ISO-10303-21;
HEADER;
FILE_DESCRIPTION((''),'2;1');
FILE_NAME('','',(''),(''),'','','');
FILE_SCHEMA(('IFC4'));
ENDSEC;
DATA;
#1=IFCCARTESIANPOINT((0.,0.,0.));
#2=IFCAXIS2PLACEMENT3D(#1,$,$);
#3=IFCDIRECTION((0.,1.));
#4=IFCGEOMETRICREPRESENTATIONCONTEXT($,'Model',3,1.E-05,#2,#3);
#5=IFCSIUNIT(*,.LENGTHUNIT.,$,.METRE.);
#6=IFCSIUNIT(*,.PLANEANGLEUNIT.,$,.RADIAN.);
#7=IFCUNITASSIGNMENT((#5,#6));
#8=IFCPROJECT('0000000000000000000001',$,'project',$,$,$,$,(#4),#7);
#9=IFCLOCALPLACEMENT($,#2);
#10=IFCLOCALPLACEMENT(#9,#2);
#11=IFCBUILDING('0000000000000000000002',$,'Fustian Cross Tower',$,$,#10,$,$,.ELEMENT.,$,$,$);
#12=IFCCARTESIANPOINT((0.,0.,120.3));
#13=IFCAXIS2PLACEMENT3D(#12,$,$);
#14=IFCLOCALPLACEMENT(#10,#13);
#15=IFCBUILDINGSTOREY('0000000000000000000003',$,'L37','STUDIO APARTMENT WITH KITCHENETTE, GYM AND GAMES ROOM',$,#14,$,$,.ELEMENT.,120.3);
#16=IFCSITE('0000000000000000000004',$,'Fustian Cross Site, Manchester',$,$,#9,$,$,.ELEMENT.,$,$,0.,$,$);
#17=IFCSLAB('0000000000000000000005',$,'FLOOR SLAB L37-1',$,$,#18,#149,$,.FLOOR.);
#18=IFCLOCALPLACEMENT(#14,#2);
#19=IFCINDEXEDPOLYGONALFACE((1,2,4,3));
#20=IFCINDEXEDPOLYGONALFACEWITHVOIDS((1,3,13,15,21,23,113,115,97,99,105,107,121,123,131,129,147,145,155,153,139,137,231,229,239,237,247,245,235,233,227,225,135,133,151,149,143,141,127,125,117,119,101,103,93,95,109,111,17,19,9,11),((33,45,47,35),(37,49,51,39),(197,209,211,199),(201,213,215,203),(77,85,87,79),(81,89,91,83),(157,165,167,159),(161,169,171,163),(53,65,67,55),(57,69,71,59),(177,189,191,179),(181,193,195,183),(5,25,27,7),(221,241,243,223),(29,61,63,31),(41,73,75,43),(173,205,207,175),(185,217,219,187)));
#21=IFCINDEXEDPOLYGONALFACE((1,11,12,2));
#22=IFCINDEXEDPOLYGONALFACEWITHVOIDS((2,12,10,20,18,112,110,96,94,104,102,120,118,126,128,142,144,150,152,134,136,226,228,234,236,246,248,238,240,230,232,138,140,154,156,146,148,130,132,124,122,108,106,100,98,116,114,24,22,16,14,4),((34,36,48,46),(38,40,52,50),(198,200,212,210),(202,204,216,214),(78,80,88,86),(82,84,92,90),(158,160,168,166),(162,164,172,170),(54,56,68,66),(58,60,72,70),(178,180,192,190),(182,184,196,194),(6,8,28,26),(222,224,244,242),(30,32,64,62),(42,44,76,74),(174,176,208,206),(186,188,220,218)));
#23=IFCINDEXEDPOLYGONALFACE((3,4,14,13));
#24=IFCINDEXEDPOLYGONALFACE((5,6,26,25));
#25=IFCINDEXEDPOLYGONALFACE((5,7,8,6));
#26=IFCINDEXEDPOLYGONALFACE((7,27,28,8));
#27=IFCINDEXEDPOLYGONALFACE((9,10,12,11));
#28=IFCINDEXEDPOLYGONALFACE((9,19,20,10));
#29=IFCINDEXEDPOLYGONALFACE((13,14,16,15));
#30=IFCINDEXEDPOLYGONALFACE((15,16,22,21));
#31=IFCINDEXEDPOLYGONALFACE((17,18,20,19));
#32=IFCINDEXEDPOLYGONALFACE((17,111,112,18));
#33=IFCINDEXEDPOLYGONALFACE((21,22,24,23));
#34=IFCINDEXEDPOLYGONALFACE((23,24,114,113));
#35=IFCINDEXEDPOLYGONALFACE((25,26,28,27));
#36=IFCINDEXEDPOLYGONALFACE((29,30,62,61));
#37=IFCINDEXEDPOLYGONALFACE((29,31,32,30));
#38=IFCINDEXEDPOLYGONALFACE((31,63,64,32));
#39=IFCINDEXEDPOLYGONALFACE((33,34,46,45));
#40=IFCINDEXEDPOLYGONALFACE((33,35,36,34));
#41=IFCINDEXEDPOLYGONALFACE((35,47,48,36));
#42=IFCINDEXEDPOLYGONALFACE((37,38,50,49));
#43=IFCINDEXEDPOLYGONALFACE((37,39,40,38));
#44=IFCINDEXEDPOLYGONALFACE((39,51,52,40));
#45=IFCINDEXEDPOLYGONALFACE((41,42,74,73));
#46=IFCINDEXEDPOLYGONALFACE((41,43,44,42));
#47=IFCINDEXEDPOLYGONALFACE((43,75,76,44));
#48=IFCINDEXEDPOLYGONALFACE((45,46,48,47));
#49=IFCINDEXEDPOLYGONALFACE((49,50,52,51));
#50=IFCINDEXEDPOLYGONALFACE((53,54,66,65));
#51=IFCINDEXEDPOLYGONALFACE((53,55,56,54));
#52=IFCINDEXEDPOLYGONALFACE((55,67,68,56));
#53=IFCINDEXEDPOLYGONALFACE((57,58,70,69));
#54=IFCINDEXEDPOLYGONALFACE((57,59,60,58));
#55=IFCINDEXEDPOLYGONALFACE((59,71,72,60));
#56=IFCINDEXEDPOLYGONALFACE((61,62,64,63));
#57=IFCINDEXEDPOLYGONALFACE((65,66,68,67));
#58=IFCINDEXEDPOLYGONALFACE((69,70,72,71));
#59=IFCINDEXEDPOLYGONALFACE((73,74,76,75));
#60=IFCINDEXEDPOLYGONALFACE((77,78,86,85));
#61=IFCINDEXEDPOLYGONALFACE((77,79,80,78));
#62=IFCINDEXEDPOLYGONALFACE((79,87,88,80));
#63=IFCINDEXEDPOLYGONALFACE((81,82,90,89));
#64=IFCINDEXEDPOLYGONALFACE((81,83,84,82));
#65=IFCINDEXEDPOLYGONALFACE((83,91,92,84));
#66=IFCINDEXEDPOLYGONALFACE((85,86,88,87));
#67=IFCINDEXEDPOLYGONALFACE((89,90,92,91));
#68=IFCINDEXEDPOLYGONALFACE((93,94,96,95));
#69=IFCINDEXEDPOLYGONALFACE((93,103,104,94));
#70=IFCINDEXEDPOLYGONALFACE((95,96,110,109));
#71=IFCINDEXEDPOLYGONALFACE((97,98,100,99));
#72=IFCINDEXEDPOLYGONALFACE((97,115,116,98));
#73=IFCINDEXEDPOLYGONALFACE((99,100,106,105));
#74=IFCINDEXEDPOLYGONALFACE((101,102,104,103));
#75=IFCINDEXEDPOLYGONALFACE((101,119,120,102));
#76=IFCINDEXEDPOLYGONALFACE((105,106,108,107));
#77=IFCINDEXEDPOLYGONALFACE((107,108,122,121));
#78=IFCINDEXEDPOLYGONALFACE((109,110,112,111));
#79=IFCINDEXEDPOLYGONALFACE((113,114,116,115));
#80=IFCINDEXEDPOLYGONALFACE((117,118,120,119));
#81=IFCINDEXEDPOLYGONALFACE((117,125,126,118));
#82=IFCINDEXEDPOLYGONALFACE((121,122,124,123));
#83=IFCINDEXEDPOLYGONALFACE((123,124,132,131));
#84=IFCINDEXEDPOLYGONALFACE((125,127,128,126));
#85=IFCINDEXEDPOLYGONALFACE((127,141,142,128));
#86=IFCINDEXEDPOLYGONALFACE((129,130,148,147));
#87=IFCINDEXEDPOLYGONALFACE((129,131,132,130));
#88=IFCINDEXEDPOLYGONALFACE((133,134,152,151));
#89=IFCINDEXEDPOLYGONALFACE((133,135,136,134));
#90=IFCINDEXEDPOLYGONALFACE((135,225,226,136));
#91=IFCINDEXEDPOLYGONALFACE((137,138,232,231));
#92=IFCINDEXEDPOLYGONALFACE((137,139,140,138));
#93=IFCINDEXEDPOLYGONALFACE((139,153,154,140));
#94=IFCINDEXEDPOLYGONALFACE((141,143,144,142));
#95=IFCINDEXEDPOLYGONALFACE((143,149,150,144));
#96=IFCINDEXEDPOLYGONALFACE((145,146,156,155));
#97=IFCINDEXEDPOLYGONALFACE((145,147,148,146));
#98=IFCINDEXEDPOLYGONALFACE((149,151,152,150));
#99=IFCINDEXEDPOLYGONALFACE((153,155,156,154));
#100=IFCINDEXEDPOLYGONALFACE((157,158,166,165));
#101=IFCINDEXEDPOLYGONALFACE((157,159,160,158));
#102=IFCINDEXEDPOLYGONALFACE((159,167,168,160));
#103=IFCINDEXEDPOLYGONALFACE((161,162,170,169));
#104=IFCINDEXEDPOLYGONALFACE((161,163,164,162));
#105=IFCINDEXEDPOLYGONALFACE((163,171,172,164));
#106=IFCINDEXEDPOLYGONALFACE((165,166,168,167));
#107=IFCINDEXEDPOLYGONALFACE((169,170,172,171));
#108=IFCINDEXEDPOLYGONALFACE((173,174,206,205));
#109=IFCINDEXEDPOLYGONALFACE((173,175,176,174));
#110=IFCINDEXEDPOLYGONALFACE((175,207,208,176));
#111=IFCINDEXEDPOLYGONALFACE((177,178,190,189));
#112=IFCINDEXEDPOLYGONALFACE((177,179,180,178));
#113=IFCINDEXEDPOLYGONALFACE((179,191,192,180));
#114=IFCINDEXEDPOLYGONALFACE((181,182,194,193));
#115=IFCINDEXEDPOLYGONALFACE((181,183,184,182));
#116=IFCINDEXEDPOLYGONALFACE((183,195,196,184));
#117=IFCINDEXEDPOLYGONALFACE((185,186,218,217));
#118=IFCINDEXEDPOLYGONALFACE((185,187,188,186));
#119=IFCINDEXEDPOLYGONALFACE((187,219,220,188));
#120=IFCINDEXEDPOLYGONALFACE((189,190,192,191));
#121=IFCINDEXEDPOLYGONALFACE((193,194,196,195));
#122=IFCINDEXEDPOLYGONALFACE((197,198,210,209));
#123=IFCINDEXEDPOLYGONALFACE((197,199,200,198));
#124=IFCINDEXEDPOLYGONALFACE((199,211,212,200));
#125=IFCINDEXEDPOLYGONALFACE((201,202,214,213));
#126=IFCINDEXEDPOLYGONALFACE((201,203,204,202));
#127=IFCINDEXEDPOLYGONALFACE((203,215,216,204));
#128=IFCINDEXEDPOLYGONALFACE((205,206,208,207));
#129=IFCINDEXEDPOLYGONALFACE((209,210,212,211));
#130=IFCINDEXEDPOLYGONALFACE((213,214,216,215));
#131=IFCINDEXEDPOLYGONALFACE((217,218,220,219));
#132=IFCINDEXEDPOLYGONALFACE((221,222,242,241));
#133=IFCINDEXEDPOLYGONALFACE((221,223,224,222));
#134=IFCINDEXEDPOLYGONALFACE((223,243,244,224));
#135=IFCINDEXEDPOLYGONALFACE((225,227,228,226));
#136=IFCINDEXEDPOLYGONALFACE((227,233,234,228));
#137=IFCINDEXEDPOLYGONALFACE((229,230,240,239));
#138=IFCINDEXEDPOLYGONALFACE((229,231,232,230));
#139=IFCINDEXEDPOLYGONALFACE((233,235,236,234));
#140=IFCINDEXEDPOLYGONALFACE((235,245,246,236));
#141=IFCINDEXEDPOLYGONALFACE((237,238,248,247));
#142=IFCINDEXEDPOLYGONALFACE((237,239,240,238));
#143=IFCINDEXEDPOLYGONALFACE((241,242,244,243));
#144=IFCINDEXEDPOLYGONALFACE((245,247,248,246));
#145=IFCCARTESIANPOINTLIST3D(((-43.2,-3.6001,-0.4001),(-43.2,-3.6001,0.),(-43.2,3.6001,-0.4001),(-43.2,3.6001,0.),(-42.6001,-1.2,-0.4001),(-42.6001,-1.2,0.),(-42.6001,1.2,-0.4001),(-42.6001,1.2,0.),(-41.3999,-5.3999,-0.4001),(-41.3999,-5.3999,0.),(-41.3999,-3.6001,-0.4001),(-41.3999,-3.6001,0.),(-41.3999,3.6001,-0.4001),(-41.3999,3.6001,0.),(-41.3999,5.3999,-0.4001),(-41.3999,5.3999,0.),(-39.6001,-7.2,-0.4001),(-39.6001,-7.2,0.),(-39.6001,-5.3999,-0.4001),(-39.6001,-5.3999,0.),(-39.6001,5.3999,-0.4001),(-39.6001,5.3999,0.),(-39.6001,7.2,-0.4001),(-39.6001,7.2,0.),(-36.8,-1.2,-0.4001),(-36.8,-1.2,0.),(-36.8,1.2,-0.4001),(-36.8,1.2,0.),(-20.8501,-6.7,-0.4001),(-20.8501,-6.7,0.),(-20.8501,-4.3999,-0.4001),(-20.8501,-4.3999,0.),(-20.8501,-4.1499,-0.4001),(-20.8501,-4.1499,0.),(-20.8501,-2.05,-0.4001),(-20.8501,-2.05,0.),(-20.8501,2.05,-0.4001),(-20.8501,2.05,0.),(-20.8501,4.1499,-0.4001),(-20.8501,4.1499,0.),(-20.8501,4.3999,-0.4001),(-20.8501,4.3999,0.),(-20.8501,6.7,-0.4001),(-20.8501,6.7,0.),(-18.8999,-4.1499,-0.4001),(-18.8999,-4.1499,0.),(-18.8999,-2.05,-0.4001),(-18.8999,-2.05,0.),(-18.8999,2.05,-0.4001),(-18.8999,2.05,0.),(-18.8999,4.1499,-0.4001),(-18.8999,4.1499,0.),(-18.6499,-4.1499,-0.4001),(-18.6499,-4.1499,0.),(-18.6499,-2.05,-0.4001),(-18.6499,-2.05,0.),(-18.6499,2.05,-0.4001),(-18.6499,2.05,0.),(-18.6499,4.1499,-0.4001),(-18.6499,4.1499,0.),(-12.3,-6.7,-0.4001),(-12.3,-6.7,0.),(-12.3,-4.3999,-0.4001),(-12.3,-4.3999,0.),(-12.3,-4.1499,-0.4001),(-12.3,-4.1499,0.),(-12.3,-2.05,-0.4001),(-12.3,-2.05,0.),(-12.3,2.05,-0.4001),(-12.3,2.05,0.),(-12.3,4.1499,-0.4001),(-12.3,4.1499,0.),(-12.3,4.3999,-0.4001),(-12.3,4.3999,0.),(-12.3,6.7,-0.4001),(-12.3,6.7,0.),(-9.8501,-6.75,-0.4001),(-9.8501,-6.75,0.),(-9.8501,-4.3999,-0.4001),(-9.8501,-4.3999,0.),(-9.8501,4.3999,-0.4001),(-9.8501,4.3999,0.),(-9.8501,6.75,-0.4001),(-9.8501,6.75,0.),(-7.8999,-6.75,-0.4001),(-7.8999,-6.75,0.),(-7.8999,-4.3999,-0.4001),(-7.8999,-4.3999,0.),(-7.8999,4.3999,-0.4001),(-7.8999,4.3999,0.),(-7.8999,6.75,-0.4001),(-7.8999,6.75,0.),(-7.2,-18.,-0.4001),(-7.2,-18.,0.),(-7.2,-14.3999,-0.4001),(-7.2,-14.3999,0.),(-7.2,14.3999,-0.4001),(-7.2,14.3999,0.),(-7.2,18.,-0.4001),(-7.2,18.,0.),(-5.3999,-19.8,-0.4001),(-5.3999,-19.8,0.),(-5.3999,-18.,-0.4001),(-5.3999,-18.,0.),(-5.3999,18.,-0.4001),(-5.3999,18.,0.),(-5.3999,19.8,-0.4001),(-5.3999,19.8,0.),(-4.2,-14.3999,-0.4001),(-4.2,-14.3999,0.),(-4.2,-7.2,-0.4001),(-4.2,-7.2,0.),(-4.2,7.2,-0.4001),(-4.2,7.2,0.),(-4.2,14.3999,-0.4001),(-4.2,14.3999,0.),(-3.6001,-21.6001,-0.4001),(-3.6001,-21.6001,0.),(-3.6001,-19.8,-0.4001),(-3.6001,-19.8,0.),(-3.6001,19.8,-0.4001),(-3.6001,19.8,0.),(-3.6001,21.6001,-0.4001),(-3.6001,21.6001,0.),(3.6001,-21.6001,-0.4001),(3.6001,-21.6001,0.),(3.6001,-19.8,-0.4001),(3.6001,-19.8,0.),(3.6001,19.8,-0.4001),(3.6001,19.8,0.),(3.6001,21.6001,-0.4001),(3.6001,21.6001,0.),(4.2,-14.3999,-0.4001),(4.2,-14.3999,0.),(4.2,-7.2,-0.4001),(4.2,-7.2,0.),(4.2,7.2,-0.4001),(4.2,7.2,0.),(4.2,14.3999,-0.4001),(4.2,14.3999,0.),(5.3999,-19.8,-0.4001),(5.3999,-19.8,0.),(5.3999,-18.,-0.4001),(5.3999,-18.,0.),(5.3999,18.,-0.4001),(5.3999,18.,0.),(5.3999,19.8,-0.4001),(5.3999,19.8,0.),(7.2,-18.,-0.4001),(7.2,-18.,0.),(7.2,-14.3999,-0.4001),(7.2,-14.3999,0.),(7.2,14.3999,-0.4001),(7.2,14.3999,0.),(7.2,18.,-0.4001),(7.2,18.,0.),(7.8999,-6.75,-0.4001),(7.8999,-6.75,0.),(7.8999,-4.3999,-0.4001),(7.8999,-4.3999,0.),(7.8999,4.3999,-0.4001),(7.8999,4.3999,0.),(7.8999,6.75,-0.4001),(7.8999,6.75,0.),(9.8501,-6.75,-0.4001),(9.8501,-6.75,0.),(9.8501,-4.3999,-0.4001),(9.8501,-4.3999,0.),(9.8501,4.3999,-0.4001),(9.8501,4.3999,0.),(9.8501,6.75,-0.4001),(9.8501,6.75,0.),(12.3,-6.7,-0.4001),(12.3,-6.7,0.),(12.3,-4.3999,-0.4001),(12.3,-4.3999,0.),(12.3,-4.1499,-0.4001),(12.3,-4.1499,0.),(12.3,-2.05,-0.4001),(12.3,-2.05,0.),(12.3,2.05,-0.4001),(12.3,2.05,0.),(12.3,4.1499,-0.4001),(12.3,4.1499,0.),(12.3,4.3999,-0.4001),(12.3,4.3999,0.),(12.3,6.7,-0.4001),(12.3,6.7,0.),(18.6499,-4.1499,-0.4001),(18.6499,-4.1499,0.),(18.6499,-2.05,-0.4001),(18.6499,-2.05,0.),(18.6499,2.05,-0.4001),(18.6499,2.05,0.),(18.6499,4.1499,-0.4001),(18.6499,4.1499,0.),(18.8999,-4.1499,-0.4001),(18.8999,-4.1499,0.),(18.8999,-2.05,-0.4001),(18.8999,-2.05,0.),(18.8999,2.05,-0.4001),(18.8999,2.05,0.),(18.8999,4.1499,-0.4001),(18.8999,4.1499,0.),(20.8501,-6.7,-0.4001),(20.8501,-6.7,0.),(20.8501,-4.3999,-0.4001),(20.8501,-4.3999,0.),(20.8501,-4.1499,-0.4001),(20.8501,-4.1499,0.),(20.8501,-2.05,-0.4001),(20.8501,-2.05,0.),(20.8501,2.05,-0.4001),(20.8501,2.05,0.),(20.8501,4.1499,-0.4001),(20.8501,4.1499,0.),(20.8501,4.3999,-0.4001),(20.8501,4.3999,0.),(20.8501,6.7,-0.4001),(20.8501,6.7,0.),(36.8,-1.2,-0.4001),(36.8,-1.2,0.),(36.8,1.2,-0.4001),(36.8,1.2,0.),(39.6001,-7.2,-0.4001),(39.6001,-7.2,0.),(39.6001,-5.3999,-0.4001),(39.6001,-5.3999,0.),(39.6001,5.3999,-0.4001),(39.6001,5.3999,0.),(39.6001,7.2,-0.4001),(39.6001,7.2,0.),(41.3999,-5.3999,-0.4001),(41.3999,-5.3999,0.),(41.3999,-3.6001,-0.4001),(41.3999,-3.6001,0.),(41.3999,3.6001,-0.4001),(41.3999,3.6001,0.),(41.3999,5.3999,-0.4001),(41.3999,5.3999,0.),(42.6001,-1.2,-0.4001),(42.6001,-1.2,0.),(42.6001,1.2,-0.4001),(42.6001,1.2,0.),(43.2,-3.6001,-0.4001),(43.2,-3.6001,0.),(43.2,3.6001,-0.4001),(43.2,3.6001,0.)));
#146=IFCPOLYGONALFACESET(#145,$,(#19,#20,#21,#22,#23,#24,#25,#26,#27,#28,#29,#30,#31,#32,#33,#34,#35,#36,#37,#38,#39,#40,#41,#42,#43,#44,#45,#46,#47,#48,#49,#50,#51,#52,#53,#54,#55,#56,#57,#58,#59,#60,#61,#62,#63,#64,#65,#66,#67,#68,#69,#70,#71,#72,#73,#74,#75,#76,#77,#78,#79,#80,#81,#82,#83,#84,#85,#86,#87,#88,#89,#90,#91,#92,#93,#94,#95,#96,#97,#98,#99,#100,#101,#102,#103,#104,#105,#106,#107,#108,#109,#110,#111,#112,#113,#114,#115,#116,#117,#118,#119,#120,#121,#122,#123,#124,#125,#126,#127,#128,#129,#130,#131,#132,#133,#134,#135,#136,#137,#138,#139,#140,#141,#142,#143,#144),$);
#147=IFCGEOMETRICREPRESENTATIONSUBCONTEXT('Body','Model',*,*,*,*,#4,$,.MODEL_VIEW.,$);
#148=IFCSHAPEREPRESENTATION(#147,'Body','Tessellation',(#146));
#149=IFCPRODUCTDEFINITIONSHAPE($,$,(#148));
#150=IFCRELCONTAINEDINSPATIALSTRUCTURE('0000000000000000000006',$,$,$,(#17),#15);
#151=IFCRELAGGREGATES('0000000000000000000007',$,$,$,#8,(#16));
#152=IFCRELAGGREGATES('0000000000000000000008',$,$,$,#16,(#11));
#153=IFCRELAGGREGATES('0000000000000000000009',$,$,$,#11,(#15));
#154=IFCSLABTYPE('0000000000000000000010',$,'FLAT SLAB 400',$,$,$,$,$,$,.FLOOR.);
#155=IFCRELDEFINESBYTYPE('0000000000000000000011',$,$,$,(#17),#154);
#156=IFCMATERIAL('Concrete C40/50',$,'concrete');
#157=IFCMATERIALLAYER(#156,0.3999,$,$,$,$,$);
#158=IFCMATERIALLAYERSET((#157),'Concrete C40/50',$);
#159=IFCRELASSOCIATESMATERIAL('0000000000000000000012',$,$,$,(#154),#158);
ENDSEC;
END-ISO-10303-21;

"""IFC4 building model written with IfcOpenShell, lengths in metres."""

from ifc_helpers import new_model, si_unit, direction, frame, origin, place, context, subcontext, project, spatial, polyline, outline, extrude, material, layer, layer_set, type_object, element, save


model = new_model("IFC4")

# Units and contexts
model_context = context("Model", 3, precision=1e-05, world=origin(), true_north=direction((0.0, 1.0)))
body_context = subcontext(model_context, "Body", "Model", "MODEL_VIEW")
ifc_project = project(units=[si_unit("LENGTHUNIT", "METRE"), si_unit("PLANEANGLEUNIT", "RADIAN")], contexts=[model_context])

# Site, building, storey
site_placement = place(None, origin())
site = spatial("IfcSite", under=ifc_project, at=site_placement, Name="Fustian Cross Site, Manchester", CompositionType="ELEMENT", RefElevation=0.0)
building_placement = place(site_placement, origin())
building = spatial("IfcBuilding", under=site, at=building_placement, Name="Fustian Cross Tower", CompositionType="ELEMENT")
storey_placement = place(building_placement, frame((0.0, 0.0, 120.3)))
storey = spatial("IfcBuildingStorey", under=building, at=storey_placement, Name="L37", Description="STUDIO APARTMENT WITH KITCHENETTE, GYM AND GAMES ROOM", CompositionType="ELEMENT", Elevation=120.3)

# Slab
ifc_material_1 = material(Name="Concrete C40/50", Category="concrete")
ifc_layer_1 = layer(ifc_material_1, 0.3999)
ifc_layer_set_1 = layer_set([ifc_layer_1], Name="Concrete C40/50")
slab_type_1 = type_object("IfcSlabType", Name="FLAT SLAB 400", PredefinedType="FLOOR", material=ifc_layer_set_1)
slab_1_placement = place(storey_placement, frame((0.0, 0.0, -0.4001)))
element("IfcSlab", 1, at=slab_1_placement, inside=storey, type_object=slab_type_1, Name="FLOOR SLAB L37-1", PredefinedType="FLOOR", context=body_context, shape_type="SweptSolid", body=[
    extrude(outline(polyline([(-4.2, -7.2), (-39.6001, -7.2), (-39.6001, -5.3999), (-41.3999, -5.3999), (-41.3999, -3.6001), (-43.2, -3.6001), (-43.2, 3.6001), (-41.3999, 3.6001), (-41.3999, 5.3999), (-39.6001, 5.3999), (-39.6001, 7.2), (-4.2, 7.2), (-4.2, 14.3999), (-7.2, 14.3999), (-7.2, 18.0), (-5.3999, 18.0), (-5.3999, 19.8), (-3.6001, 19.8), (-3.6001, 21.6001), (3.6001, 21.6001), (3.6001, 19.8), (5.3999, 19.8), (5.3999, 18.0), (7.2, 18.0), (7.2, 14.3999), (4.2, 14.3999), (4.2, 7.2), (39.6001, 7.2), (39.6001, 5.3999), (41.3999, 5.3999), (41.3999, 3.6001), (43.2, 3.6001), (43.2, -3.6001), (41.3999, -3.6001), (41.3999, -5.3999), (39.6001, -5.3999), (39.6001, -7.2), (4.2, -7.2), (4.2, -14.3999), (7.2, -14.3999), (7.2, -18.0), (5.3999, -18.0), (5.3999, -19.8), (3.6001, -19.8), (3.6001, -21.6001), (-3.6001, -21.6001), (-3.6001, -19.8), (-5.3999, -19.8), (-5.3999, -18.0), (-7.2, -18.0), (-7.2, -14.3999), (-4.2, -14.3999), (-4.2, -7.2)]), holes=[polyline([(18.8999, -2.05), (18.8999, -4.1499), (20.8501, -4.1499), (20.8501, -2.05), (18.8999, -2.05)]), polyline([(20.8501, 4.1499), (18.8999, 4.1499), (18.8999, 2.05), (20.8501, 2.05), (20.8501, 4.1499)]), polyline([(9.8501, 4.3999), (9.8501, 6.75), (7.8999, 6.75), (7.8999, 4.3999), (9.8501, 4.3999)]), polyline([(7.8999, -6.75), (9.8501, -6.75), (9.8501, -4.3999), (7.8999, -4.3999), (7.8999, -6.75)]), polyline([(-20.8501, -2.05), (-20.8501, -4.1499), (-18.8999, -4.1499), (-18.8999, -2.05), (-20.8501, -2.05)]), polyline([(-18.8999, 4.1499), (-20.8501, 4.1499), (-20.8501, 2.05), (-18.8999, 2.05), (-18.8999, 4.1499)]), polyline([(-7.8999, 4.3999), (-7.8999, 6.75), (-9.8501, 6.75), (-9.8501, 4.3999), (-7.8999, 4.3999)]), polyline([(-9.8501, -6.75), (-7.8999, -6.75), (-7.8999, -4.3999), (-9.8501, -4.3999), (-9.8501, -6.75)]), polyline([(12.3, -2.05), (12.3, -4.1499), (18.6499, -4.1499), (18.6499, -2.05), (12.3, -2.05)]), polyline([(18.6499, 4.1499), (12.3, 4.1499), (12.3, 2.05), (18.6499, 2.05), (18.6499, 4.1499)]), polyline([(-12.3, -4.1499), (-12.3, -2.05), (-18.6499, -2.05), (-18.6499, -4.1499), (-12.3, -4.1499)]), polyline([(-18.6499, 2.05), (-12.3, 2.05), (-12.3, 4.1499), (-18.6499, 4.1499), (-18.6499, 2.05)]), polyline([(12.3, 6.7), (12.3, 4.3999), (20.8501, 4.3999), (20.8501, 6.7), (12.3, 6.7)]), polyline([(20.8501, -4.3999), (12.3, -4.3999), (12.3, -6.7), (20.8501, -6.7), (20.8501, -4.3999)]), polyline([(-12.3, 4.3999), (-12.3, 6.7), (-20.8501, 6.7), (-20.8501, 4.3999), (-12.3, 4.3999)]), polyline([(-20.8501, -6.7), (-12.3, -6.7), (-12.3, -4.3999), (-20.8501, -4.3999), (-20.8501, -6.7)]), polyline([(36.8, 1.2), (36.8, -1.2), (42.6001, -1.2), (42.6001, 1.2), (36.8, 1.2)]), polyline([(-36.8, 1.2), (-42.6001, 1.2), (-42.6001, -1.2), (-36.8, -1.2), (-36.8, 1.2)])]), origin(), (0.0, 0.0, 1.0), 0.4001),
])

save(model, "model.ifc")
